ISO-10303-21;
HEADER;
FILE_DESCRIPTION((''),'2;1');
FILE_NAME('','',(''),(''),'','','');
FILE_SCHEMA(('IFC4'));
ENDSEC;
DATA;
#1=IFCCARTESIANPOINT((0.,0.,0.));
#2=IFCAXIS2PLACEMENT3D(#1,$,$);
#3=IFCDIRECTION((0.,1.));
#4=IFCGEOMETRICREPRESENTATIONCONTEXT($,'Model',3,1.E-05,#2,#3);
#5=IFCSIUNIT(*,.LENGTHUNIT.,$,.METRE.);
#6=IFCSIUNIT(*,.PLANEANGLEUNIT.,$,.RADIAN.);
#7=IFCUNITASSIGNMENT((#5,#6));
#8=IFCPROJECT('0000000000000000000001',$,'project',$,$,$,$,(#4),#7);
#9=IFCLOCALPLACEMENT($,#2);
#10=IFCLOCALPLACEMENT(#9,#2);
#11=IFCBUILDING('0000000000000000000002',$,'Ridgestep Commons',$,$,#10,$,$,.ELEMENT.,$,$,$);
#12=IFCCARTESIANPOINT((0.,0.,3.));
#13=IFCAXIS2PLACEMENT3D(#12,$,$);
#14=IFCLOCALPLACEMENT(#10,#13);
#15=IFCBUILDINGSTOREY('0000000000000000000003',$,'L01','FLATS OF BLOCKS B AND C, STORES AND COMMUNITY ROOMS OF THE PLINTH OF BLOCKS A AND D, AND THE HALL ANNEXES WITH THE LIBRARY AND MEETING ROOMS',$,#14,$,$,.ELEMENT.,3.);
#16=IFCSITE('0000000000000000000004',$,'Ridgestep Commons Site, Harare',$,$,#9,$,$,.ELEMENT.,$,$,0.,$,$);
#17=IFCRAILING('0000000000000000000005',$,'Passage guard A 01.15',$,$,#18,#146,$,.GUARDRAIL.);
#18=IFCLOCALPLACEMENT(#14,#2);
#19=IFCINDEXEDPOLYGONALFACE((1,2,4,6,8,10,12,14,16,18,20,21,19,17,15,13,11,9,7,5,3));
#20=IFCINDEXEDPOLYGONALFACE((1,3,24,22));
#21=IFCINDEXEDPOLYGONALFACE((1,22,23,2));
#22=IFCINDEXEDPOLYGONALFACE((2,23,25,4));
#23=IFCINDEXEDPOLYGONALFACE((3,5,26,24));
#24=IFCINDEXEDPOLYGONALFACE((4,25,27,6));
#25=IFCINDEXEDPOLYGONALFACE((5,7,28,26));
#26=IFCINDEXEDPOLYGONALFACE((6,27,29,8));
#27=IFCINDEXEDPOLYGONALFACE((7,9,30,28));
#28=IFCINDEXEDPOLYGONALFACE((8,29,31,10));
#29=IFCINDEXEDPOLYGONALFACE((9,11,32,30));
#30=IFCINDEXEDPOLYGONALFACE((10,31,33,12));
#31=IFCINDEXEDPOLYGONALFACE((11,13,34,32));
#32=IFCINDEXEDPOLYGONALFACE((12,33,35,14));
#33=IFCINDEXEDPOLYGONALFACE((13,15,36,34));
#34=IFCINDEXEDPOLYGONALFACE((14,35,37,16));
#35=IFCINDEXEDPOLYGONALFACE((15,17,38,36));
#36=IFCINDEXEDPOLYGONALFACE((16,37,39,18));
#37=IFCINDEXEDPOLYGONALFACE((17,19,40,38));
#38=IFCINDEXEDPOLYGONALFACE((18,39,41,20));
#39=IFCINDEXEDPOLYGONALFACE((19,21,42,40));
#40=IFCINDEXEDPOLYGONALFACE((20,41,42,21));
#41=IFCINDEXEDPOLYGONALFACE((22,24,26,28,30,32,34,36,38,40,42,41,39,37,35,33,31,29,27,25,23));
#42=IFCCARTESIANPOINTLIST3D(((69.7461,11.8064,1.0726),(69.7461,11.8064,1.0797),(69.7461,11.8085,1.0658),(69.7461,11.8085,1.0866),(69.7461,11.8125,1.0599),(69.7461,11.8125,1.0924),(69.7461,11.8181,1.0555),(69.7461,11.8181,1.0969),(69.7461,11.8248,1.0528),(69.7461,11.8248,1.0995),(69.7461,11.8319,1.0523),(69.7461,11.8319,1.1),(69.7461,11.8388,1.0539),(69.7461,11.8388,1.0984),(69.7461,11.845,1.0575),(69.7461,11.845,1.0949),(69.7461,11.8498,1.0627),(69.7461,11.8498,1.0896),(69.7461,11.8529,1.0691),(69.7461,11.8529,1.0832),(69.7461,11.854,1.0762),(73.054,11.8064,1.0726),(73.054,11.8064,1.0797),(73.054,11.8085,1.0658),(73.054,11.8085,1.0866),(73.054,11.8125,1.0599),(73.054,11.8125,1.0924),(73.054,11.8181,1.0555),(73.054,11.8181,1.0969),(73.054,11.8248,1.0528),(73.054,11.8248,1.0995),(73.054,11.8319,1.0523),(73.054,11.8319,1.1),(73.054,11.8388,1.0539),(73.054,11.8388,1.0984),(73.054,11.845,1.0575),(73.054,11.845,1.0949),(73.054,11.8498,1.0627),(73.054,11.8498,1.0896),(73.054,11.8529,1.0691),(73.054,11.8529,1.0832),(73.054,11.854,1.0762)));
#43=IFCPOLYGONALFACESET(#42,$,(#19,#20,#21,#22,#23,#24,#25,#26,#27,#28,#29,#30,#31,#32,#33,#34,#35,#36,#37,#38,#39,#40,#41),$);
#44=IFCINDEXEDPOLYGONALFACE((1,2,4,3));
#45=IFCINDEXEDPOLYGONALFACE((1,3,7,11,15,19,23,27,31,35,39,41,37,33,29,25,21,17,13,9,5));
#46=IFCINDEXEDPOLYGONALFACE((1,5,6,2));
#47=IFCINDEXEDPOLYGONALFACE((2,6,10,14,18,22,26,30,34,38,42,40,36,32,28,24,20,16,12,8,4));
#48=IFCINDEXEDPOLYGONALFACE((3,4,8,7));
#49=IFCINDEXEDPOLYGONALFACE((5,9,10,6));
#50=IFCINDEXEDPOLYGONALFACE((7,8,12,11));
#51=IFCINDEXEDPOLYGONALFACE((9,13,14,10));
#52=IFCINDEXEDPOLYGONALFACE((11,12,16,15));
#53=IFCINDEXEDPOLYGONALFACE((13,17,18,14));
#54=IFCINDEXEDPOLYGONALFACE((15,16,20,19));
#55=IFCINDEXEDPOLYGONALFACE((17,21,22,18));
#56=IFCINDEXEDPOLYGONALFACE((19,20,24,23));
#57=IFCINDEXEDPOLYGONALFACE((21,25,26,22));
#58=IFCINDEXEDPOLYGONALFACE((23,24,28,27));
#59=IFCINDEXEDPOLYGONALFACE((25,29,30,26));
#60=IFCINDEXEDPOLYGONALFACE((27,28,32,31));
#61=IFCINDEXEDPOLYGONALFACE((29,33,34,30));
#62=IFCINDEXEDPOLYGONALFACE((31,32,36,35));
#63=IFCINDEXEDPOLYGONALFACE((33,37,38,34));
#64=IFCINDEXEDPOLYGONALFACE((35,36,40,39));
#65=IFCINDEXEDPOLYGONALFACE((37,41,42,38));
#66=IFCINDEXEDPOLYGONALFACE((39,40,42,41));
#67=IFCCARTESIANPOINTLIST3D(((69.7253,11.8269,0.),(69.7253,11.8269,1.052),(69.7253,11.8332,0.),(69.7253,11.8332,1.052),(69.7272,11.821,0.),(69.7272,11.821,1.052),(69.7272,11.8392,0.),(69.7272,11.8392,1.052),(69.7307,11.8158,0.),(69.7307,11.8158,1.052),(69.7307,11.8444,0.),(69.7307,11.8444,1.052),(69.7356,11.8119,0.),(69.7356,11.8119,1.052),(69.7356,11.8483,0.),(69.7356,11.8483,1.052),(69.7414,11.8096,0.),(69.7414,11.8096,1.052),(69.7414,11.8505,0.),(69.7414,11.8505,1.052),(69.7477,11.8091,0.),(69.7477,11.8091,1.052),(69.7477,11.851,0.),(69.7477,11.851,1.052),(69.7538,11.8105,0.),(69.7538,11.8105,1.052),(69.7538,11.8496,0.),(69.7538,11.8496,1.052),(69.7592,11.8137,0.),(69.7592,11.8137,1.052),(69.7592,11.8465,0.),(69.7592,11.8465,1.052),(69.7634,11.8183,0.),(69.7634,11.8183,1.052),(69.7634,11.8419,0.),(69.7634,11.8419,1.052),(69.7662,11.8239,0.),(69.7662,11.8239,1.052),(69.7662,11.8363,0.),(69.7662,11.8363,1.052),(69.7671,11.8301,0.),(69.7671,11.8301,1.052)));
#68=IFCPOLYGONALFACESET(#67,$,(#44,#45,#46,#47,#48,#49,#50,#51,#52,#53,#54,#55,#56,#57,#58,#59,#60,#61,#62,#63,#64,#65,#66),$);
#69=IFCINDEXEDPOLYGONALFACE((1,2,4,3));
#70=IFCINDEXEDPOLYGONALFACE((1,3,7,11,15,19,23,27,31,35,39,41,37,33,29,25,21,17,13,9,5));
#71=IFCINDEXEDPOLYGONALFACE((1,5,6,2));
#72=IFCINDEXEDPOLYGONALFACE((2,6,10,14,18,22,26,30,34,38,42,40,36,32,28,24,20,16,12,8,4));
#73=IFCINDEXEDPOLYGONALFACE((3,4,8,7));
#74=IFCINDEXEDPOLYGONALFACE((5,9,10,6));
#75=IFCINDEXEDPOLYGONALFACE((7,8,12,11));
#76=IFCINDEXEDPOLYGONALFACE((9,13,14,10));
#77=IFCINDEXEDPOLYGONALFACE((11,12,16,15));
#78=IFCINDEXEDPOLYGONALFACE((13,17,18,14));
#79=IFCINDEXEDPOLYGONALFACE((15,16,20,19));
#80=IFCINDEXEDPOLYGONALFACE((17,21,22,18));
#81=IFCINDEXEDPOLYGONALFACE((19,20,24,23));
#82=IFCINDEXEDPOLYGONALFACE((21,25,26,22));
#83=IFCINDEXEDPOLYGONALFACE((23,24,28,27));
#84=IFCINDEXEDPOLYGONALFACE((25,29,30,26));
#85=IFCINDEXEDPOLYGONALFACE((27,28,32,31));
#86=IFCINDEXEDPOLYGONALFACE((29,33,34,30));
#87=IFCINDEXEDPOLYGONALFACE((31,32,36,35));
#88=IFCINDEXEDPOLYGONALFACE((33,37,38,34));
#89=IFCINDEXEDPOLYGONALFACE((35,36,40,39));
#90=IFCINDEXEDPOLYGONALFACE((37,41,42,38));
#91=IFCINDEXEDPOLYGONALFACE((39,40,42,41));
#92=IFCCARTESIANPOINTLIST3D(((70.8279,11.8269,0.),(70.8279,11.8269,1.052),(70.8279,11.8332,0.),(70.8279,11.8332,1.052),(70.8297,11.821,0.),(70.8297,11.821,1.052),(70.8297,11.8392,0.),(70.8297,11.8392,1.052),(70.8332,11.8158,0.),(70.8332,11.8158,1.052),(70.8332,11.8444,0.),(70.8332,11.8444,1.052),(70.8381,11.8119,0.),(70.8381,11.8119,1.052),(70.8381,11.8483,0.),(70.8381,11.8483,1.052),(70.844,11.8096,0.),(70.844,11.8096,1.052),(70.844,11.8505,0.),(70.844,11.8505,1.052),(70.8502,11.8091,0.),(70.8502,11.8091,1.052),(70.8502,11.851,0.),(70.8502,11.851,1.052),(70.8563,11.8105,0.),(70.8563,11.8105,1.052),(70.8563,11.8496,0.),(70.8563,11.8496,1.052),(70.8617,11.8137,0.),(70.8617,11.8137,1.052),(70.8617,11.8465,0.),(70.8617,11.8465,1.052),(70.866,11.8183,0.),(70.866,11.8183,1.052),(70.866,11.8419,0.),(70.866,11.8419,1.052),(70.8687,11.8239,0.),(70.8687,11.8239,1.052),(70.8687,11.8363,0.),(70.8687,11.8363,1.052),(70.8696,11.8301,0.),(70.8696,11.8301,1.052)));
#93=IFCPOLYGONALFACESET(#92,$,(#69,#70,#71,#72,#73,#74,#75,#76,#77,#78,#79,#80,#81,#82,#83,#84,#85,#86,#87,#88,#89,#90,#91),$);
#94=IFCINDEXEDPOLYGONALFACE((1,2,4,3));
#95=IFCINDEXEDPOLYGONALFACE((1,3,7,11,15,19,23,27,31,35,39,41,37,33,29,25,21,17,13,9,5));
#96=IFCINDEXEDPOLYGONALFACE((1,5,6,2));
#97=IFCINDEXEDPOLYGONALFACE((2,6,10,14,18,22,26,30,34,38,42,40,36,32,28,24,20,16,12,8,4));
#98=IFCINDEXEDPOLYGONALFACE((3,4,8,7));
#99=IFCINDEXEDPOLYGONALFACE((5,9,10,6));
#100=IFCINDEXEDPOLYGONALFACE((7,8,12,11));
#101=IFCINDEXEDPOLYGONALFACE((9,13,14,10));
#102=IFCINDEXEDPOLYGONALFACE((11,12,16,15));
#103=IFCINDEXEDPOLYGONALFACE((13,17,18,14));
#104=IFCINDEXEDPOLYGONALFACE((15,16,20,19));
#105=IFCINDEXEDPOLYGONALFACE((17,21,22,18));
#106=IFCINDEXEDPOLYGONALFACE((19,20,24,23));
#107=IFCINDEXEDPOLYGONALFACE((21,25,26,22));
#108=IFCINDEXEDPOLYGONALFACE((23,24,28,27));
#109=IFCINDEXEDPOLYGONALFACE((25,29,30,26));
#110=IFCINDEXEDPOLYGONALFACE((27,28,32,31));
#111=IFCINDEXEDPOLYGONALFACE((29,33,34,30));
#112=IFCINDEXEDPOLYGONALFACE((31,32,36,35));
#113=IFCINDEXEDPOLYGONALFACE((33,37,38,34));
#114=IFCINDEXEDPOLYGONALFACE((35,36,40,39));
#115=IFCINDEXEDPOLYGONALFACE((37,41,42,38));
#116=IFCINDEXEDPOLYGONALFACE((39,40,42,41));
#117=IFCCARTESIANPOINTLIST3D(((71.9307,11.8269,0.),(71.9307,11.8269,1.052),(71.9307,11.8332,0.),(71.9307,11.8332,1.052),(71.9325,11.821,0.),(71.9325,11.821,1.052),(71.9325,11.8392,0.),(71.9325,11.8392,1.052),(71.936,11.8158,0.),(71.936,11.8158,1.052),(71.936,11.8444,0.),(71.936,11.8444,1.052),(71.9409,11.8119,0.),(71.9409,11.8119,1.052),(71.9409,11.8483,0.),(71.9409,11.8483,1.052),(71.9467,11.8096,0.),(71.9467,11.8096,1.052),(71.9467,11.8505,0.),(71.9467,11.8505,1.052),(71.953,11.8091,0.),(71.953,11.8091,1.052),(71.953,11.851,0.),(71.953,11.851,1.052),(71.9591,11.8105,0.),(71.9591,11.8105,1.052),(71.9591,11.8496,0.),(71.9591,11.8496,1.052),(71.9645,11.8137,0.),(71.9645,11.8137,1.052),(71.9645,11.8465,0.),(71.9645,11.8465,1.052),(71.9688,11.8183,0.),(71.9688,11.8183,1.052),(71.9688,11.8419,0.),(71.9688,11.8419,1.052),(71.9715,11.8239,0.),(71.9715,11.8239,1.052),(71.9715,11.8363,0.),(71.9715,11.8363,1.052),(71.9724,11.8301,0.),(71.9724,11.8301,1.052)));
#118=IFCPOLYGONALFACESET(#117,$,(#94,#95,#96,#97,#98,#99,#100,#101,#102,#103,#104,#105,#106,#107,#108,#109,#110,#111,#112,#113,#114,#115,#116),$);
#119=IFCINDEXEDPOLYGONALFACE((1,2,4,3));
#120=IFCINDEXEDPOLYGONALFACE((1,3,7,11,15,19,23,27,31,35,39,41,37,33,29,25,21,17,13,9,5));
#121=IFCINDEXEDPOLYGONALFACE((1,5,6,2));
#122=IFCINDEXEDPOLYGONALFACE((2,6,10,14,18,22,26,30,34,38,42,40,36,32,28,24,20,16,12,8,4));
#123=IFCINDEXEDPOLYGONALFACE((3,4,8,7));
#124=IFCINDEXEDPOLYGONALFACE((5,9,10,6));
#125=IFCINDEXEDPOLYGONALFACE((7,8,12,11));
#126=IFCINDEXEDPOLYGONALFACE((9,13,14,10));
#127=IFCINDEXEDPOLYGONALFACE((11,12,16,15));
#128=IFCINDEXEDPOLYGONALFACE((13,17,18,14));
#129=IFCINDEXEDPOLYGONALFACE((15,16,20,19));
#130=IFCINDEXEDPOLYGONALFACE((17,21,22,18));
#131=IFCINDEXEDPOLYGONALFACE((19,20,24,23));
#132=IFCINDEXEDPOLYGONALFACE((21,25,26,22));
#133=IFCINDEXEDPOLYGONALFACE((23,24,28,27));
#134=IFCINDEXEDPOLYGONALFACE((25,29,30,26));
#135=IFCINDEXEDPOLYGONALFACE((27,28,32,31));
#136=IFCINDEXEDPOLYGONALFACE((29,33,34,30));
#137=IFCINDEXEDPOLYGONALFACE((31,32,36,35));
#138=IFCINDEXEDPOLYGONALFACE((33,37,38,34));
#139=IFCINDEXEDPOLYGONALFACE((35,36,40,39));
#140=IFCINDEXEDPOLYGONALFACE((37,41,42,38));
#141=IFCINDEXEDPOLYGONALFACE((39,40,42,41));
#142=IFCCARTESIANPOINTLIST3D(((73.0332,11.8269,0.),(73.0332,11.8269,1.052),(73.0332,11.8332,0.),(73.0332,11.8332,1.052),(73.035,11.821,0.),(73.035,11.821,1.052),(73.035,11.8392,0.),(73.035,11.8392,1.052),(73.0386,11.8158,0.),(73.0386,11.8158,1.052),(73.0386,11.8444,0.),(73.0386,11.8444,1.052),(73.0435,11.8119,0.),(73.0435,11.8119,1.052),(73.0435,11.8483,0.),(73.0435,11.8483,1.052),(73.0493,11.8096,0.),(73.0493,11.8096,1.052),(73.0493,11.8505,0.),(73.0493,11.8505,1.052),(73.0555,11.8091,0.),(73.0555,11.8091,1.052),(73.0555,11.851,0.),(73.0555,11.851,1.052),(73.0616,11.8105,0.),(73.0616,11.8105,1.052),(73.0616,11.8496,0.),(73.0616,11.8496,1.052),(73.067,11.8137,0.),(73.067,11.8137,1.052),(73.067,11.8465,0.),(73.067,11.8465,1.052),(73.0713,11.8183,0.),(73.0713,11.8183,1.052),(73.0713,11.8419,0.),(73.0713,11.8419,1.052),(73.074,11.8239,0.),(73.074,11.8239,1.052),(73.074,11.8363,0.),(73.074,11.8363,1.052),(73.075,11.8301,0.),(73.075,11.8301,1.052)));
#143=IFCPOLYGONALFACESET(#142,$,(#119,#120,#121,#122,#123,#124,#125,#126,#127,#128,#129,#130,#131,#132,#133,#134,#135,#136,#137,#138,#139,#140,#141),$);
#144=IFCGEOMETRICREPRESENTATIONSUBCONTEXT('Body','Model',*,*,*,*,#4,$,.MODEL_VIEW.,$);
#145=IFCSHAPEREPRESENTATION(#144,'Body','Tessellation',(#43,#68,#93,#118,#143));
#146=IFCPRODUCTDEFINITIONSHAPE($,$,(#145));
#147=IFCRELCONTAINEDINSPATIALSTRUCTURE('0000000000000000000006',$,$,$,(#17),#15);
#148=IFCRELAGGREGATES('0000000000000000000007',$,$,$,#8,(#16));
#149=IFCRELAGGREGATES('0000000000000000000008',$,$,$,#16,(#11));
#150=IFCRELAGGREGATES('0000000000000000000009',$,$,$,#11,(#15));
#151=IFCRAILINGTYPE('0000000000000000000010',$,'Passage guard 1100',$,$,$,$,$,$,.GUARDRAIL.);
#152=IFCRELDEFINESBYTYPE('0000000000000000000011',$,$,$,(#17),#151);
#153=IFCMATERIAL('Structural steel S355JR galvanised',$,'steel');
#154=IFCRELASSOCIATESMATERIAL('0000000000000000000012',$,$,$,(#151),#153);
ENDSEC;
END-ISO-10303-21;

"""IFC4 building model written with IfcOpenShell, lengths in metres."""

from ifc_helpers import new_model, si_unit, direction, frame, origin, origin_2d, place, context, subcontext, project, spatial, circle, extrude, material, type_object, element, save


model = new_model("IFC4")

# Units and contexts
model_context = context("Model", 3, precision=1e-05, world=origin(), true_north=direction((0.0, 1.0)))
body_context = subcontext(model_context, "Body", "Model", "MODEL_VIEW")
ifc_project = project(units=[si_unit("LENGTHUNIT", "METRE"), si_unit("PLANEANGLEUNIT", "RADIAN")], contexts=[model_context])

# Site, building, storey
site_placement = place(None, origin())
site = spatial("IfcSite", under=ifc_project, at=site_placement, Name="Ridgestep Commons Site, Harare", CompositionType="ELEMENT", RefElevation=0.0)
building_placement = place(site_placement, origin())
building = spatial("IfcBuilding", under=site, at=building_placement, Name="Ridgestep Commons", CompositionType="ELEMENT")
storey_placement = place(building_placement, frame((0.0, 0.0, 3.0)))
storey = spatial("IfcBuildingStorey", under=building, at=storey_placement, Name="L01", Description="FLATS OF BLOCKS B AND C, STORES AND COMMUNITY ROOMS OF THE PLINTH OF BLOCKS A AND D, AND THE HALL ANNEXES WITH THE LIBRARY AND MEETING ROOMS", CompositionType="ELEMENT", Elevation=3.0)

# Railing
ifc_material_1 = material(Name="Structural steel S355JR galvanised", Category="steel")
railing_type = type_object("IfcRailingType", Name="Passage guard 1100", PredefinedType="GUARDRAIL", material=ifc_material_1)
railing_1_placement = place(storey_placement, frame((69.7461, 11.8301, 0.0)))
element("IfcRailing", 1, at=railing_1_placement, inside=storey, type_object=railing_type, Name="Passage guard A 01.15", PredefinedType="GUARDRAIL", context=body_context, shape_type="SweptSolid", body=[
    extrude(circle(Radius=0.0239, at=origin_2d()), frame((0.0, 0.0, 1.0762), z_axis=(1.0, 0.0, 0.0), x_axis=(0.0, 1.0, 0.0)), (0.0, 0.0, 1.0), 3.3079),
    extrude(circle(Radius=0.021, at=origin_2d()), origin(), (0.0, 0.0, 1.0), 1.052),
    extrude(circle(Radius=0.021, at=origin_2d()), frame((1.1025, 0.0, 0.0)), (0.0, 0.0, 1.0), 1.052),
    extrude(circle(Radius=0.021, at=origin_2d()), frame((2.2053, 0.0, 0.0)), (0.0, 0.0, 1.0), 1.052),
    extrude(circle(Radius=0.021, at=origin_2d()), frame((3.3079, 0.0, 0.0)), (0.0, 0.0, 1.0), 1.052),
])

save(model, "model.ifc")
